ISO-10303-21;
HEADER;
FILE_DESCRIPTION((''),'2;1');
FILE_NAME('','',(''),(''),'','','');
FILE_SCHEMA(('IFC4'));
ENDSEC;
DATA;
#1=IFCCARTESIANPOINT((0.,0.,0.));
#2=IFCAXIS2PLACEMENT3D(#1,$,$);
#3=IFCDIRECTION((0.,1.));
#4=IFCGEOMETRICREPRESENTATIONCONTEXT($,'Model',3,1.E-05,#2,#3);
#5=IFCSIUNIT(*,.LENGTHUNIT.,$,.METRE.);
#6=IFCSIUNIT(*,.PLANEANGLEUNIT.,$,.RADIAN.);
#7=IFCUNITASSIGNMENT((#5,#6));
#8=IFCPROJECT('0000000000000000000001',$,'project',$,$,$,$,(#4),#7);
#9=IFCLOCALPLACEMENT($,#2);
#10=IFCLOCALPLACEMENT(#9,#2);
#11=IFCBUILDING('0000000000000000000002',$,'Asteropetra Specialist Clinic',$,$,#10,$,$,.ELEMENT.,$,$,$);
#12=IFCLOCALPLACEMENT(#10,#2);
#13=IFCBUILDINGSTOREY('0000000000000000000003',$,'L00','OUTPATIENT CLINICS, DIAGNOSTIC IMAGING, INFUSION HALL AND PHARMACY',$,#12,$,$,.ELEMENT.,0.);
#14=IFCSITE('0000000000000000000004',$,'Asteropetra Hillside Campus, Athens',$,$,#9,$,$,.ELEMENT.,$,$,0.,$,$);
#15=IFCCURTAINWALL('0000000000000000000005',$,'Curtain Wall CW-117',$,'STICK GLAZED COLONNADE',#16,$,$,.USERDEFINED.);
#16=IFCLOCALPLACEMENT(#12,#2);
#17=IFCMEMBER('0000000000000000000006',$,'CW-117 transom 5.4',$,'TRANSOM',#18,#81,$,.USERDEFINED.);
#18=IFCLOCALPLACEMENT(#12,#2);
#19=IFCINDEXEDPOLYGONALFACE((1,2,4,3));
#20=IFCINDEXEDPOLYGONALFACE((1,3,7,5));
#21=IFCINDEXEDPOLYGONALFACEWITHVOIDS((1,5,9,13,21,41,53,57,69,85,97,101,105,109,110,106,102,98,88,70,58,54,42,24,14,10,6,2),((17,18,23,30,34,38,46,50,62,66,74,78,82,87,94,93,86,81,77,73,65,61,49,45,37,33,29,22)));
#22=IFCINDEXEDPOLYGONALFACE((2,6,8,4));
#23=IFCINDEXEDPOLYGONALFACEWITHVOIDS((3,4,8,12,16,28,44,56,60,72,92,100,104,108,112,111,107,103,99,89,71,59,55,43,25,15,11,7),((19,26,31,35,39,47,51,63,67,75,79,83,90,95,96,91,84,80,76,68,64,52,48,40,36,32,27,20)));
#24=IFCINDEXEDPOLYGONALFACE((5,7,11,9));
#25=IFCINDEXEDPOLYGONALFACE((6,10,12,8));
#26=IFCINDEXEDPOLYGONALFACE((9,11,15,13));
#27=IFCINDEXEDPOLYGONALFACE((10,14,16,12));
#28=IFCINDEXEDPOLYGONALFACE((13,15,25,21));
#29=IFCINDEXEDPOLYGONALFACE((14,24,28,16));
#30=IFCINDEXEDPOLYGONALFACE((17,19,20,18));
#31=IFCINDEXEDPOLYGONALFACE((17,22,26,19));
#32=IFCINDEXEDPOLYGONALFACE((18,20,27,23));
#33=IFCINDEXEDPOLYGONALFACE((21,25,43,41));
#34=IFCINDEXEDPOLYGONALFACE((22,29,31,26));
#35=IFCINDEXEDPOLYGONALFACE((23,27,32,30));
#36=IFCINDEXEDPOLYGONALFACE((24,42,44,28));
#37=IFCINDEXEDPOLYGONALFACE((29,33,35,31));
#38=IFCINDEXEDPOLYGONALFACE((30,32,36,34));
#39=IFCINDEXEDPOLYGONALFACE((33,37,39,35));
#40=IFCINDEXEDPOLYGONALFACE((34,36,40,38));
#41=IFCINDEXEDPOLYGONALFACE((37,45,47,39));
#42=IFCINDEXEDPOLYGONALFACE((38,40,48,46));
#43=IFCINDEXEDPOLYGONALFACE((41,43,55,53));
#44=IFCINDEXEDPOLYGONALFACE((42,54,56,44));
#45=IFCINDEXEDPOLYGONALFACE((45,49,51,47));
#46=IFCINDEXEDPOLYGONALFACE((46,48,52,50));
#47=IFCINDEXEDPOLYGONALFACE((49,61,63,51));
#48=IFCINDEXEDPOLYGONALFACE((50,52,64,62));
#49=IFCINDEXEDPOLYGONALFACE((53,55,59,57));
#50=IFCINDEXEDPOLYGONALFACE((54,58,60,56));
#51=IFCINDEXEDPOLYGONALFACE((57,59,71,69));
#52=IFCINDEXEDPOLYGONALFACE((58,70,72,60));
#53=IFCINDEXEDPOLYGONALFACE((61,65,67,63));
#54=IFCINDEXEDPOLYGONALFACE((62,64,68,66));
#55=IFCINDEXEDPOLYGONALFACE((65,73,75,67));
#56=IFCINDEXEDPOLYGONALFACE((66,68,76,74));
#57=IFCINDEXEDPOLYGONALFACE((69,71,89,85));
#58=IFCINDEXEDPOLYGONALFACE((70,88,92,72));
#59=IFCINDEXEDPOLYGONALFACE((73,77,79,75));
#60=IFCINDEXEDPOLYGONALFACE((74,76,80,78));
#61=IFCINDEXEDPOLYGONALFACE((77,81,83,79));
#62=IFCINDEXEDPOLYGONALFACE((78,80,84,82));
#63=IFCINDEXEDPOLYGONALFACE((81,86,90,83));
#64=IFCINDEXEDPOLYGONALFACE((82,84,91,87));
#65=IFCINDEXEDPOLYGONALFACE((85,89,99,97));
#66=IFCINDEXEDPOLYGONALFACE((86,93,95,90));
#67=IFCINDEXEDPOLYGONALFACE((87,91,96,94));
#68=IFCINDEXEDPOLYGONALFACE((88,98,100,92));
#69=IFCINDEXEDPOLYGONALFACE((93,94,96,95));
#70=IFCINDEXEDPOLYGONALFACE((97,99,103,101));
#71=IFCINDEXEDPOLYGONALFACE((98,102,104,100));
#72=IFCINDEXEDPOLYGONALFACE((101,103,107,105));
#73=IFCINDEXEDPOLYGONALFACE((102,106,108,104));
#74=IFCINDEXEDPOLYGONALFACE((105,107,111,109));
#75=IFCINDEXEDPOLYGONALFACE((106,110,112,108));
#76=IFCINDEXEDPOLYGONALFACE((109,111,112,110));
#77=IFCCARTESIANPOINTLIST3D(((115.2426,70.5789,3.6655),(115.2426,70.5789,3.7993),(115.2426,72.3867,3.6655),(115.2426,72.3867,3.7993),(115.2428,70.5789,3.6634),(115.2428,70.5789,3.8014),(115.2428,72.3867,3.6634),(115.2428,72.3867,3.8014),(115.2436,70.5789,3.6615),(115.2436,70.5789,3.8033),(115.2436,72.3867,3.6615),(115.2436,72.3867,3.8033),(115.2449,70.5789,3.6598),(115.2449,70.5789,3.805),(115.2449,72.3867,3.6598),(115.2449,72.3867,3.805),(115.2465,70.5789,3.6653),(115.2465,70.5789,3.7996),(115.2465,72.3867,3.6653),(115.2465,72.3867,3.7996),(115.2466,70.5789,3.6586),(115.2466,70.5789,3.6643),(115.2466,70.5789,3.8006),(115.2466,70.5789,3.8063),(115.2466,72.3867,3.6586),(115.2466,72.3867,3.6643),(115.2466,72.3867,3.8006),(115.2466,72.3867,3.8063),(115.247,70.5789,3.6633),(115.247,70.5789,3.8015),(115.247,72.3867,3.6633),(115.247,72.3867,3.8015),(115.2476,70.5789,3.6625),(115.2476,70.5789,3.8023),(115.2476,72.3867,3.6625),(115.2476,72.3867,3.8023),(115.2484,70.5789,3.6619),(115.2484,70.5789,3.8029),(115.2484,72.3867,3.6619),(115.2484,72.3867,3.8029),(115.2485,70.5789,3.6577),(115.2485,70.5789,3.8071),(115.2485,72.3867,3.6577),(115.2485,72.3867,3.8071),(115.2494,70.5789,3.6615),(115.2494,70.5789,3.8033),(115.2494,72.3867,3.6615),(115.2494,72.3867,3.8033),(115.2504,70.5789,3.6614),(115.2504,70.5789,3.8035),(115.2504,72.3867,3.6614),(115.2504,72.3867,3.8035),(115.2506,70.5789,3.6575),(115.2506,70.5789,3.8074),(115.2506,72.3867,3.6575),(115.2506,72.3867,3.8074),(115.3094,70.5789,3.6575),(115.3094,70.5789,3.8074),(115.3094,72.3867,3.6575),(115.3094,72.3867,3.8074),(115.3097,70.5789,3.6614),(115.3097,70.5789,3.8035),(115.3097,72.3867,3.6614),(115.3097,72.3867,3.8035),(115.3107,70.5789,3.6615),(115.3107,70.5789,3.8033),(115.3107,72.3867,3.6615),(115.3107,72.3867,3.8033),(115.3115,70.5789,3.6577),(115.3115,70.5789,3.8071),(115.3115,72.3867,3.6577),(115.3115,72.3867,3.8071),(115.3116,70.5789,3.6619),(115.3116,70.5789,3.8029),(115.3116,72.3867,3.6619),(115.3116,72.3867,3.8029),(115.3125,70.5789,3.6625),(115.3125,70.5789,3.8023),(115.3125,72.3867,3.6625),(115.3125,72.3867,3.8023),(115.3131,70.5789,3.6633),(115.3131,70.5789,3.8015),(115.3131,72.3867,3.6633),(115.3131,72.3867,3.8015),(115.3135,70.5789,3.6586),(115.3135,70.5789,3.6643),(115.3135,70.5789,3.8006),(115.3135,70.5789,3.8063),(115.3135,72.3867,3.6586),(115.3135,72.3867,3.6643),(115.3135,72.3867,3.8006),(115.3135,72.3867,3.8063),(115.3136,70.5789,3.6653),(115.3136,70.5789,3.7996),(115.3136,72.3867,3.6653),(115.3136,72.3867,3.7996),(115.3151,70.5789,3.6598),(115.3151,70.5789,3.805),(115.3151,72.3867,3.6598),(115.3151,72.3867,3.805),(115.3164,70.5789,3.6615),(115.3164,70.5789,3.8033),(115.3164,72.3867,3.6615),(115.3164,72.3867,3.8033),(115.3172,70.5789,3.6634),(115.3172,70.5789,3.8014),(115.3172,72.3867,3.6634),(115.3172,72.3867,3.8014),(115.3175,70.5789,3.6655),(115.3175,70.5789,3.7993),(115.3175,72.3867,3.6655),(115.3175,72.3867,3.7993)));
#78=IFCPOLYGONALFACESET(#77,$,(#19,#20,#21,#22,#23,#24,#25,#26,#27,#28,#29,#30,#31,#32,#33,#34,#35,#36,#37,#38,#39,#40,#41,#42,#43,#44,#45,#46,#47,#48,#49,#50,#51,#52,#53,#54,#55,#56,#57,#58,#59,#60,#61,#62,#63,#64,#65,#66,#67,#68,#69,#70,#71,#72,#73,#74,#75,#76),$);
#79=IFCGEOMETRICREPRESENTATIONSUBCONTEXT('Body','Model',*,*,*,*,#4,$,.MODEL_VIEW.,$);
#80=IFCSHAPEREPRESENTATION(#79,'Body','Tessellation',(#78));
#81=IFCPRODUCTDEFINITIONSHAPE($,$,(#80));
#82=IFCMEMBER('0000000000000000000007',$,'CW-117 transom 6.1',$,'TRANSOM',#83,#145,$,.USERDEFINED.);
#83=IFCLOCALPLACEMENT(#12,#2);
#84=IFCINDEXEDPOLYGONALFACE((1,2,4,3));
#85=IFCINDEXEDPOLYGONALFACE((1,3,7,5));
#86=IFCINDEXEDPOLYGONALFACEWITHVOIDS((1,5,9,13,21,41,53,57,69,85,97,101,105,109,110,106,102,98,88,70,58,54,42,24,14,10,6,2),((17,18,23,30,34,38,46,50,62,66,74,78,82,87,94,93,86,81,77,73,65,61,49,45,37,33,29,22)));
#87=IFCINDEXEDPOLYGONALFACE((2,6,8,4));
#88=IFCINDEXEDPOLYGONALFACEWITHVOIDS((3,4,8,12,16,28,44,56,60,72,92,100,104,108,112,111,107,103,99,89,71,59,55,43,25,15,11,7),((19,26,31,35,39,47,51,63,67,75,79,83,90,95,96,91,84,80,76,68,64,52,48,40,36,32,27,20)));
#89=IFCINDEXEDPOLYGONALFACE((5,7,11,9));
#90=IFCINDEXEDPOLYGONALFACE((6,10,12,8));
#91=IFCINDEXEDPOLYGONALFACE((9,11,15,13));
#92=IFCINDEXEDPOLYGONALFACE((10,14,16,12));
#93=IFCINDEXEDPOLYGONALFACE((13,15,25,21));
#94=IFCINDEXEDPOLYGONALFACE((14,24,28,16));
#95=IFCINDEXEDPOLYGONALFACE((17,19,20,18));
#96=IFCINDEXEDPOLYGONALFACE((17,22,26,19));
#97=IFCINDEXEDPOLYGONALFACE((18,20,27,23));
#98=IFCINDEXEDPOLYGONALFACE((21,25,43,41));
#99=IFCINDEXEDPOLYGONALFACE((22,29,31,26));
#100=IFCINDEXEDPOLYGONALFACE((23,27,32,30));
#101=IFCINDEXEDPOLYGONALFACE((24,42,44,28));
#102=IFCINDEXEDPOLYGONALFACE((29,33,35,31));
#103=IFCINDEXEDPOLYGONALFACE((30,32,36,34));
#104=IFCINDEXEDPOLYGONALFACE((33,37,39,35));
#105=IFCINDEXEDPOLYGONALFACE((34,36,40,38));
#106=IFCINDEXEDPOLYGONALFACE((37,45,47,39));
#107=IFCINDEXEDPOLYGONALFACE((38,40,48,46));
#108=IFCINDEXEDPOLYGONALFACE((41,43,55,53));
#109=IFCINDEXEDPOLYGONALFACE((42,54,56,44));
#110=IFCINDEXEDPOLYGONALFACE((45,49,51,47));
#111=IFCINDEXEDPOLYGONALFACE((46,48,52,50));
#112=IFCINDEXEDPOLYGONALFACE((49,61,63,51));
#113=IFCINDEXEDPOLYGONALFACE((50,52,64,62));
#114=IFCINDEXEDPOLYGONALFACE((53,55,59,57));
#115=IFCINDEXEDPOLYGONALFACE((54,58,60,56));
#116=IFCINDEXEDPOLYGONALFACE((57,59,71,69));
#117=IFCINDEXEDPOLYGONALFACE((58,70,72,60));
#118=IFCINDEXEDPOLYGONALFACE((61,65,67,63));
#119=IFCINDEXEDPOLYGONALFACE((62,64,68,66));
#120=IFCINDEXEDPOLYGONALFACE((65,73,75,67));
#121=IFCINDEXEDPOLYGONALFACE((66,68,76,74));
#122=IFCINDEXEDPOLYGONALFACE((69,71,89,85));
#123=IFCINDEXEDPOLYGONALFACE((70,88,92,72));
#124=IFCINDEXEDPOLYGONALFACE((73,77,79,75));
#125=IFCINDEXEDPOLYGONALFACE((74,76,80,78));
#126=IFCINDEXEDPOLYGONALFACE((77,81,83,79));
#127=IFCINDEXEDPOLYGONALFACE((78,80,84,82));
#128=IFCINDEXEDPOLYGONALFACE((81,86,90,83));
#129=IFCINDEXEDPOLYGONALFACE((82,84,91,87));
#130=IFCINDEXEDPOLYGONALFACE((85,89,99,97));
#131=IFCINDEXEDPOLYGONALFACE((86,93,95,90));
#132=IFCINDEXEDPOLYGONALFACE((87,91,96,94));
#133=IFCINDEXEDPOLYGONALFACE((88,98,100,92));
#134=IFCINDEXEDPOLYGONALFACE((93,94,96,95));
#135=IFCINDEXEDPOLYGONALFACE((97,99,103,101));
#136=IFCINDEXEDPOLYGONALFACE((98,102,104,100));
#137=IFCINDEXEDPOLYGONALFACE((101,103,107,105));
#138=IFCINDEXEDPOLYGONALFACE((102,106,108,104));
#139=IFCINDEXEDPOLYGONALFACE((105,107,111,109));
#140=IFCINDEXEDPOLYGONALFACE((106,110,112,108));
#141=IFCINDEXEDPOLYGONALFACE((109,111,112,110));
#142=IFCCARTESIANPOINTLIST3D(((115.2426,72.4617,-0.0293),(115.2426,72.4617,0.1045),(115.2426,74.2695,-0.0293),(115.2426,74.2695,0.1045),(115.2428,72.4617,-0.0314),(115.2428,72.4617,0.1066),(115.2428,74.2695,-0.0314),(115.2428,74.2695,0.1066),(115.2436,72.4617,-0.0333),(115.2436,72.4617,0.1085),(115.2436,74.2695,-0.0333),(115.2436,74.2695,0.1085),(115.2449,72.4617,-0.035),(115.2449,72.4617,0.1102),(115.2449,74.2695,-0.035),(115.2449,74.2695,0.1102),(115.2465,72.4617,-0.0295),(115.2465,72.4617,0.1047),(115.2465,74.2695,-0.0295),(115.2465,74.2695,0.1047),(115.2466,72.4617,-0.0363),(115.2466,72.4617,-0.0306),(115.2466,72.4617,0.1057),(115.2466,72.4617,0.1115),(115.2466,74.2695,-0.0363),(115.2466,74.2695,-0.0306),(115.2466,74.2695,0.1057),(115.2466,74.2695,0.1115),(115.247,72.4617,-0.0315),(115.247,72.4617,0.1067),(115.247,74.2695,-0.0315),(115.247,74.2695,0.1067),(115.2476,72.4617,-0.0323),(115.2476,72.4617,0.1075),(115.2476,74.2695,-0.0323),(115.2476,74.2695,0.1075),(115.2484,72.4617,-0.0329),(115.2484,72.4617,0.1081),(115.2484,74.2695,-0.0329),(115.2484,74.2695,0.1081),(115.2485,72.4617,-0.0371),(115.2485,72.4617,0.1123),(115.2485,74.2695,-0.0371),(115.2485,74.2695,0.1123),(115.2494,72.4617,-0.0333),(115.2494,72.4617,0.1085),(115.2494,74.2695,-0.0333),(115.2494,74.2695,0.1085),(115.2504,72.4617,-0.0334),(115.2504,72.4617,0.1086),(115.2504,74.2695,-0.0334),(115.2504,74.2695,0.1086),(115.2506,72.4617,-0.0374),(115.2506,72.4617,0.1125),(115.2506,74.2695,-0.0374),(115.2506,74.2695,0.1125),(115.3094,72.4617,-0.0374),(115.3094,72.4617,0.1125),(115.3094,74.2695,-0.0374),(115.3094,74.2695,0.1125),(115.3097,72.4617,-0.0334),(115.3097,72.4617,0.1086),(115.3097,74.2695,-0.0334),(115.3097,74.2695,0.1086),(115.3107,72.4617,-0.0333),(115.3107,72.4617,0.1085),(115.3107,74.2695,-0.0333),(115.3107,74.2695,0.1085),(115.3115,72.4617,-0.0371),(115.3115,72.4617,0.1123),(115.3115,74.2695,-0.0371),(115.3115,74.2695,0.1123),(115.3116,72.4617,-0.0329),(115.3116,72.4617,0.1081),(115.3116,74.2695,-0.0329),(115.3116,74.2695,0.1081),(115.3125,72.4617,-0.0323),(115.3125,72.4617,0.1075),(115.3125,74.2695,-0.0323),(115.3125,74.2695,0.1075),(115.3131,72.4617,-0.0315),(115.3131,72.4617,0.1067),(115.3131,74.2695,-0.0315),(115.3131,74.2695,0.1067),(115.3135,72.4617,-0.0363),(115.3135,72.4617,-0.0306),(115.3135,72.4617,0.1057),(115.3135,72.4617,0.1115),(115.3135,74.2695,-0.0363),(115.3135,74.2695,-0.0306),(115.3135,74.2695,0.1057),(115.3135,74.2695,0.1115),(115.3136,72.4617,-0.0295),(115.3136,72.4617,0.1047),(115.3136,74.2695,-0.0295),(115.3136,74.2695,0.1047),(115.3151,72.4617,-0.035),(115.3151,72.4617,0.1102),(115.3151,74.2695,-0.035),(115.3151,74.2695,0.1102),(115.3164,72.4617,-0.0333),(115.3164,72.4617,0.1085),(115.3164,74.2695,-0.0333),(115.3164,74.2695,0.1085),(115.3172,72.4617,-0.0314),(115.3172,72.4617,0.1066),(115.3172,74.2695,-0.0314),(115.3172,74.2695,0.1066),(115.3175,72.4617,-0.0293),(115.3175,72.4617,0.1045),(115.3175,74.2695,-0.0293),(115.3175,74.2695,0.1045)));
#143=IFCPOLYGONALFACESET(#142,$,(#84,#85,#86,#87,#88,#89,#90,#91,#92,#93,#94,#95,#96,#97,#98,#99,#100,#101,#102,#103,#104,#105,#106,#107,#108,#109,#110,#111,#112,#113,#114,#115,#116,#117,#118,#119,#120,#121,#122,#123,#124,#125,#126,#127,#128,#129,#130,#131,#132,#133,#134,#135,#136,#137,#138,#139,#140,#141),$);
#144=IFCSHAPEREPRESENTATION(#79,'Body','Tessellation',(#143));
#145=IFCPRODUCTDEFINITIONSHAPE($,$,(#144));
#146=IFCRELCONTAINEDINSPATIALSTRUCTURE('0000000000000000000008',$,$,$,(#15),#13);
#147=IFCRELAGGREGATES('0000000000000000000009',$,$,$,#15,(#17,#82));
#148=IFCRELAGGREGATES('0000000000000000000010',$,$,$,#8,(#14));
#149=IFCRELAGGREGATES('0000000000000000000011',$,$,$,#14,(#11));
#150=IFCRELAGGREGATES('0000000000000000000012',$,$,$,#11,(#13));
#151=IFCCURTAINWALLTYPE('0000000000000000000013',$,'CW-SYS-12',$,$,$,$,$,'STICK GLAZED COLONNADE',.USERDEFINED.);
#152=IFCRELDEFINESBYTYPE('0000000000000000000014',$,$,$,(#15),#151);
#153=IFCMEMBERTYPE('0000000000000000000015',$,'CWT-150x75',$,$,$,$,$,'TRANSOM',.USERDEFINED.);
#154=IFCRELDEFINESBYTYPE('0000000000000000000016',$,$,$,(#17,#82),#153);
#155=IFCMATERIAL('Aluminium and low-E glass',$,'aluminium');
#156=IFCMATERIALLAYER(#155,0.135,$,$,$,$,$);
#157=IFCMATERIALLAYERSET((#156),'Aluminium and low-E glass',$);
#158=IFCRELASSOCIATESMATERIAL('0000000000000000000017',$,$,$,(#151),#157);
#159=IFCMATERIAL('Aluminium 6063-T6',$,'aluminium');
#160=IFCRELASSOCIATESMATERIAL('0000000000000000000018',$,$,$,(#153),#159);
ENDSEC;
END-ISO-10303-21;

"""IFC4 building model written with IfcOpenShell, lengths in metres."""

from ifc_helpers import new_model, si_unit, direction, frame, origin, origin_2d, place, context, subcontext, project, spatial, hollow_rectangle, extrude, material, layer, layer_set, material_profile, profile_set, type_object, element, aggregate, save


model = new_model("IFC4")

# Units and contexts
model_context = context("Model", 3, precision=1e-05, world=origin(), true_north=direction((0.0, 1.0)))
body_context = subcontext(model_context, "Body", "Model", "MODEL_VIEW")
ifc_project = project(units=[si_unit("LENGTHUNIT", "METRE"), si_unit("PLANEANGLEUNIT", "RADIAN")], contexts=[model_context])

# Site, building, storey
site_placement = place(None, origin())
site = spatial("IfcSite", under=ifc_project, at=site_placement, Name="Asteropetra Hillside Campus, Athens", CompositionType="ELEMENT", RefElevation=0.0)
building_placement = place(site_placement, origin())
building = spatial("IfcBuilding", under=site, at=building_placement, Name="Asteropetra Specialist Clinic", CompositionType="ELEMENT")
storey_placement = place(building_placement, origin())
storey = spatial("IfcBuildingStorey", under=building, at=storey_placement, Name="L00", Description="OUTPATIENT CLINICS, DIAGNOSTIC IMAGING, INFUSION HALL AND PHARMACY", CompositionType="ELEMENT", Elevation=0.0)

# Curtain wall, members
ifc_material_1 = material(Name="Aluminium and low-E glass", Category="aluminium")
ifc_layer_1 = layer(ifc_material_1, 0.135)
ifc_layer_set_1 = layer_set([ifc_layer_1], Name="Aluminium and low-E glass")
curtain_wall_type = type_object("IfcCurtainWallType", Name="CW-SYS-12", ElementType="STICK GLAZED COLONNADE", PredefinedType="USERDEFINED", material=ifc_layer_set_1)
curtain_wall_placement = place(storey_placement, origin())
curtain_wall = element("IfcCurtainWall", 1, at=curtain_wall_placement, inside=storey, type_object=curtain_wall_type, Name="Curtain Wall CW-117", ObjectType="STICK GLAZED COLONNADE", PredefinedType="USERDEFINED")
ifc_material_2 = material(Name="Aluminium 6063-T6", Category="aluminium")
ifc_material_profile_1 = material_profile(ifc_material_2, hollow_rectangle(XDim=0.075, YDim=0.1499, WallThickness=0.0039, InnerFilletRadius=0.0039, OuterFilletRadius=0.0081, at=origin_2d()), Name="TRN 150x75x4.0")
ifc_profile_set_1 = profile_set([ifc_material_profile_1], Name="Aluminium 6063-T6")
member_type_1 = type_object("IfcMemberType", Name="CWT-150x75", ElementType="TRANSOM", PredefinedType="USERDEFINED", material=ifc_profile_set_1)
member_1_placement = place(storey_placement, frame((115.28, 70.5789, 3.7324), z_axis=(0.0, 1.0, 0.0), x_axis=(-1.0, 0.0, 0.0)))
member_1 = element("IfcMember", 2, at=member_1_placement, type_object=member_type_1, Name="CW-117 transom 5.4", ObjectType="TRANSOM", PredefinedType="USERDEFINED", context=body_context, shape_type="SweptSolid", body=[
    extrude(hollow_rectangle(XDim=0.075, YDim=0.1499, WallThickness=0.0039, InnerFilletRadius=0.0039, OuterFilletRadius=0.0081, at=origin_2d()), origin(), (0.0, 0.0, 1.0), 1.8079),
])
member_2_placement = place(storey_placement, frame((115.28, 72.4617, 0.0376), z_axis=(0.0, 1.0, 0.0), x_axis=(-1.0, 0.0, 0.0)))
member_2 = element("IfcMember", 3, at=member_2_placement, type_object=member_type_1, Name="CW-117 transom 6.1", ObjectType="TRANSOM", PredefinedType="USERDEFINED", context=body_context, shape_type="SweptSolid", body=[
    extrude(hollow_rectangle(XDim=0.075, YDim=0.1499, WallThickness=0.0039, InnerFilletRadius=0.0039, OuterFilletRadius=0.0081, at=origin_2d()), origin(), (0.0, 0.0, 1.0), 1.8079),
])
aggregate(curtain_wall, [member_1, member_2])

save(model, "model.ifc")
